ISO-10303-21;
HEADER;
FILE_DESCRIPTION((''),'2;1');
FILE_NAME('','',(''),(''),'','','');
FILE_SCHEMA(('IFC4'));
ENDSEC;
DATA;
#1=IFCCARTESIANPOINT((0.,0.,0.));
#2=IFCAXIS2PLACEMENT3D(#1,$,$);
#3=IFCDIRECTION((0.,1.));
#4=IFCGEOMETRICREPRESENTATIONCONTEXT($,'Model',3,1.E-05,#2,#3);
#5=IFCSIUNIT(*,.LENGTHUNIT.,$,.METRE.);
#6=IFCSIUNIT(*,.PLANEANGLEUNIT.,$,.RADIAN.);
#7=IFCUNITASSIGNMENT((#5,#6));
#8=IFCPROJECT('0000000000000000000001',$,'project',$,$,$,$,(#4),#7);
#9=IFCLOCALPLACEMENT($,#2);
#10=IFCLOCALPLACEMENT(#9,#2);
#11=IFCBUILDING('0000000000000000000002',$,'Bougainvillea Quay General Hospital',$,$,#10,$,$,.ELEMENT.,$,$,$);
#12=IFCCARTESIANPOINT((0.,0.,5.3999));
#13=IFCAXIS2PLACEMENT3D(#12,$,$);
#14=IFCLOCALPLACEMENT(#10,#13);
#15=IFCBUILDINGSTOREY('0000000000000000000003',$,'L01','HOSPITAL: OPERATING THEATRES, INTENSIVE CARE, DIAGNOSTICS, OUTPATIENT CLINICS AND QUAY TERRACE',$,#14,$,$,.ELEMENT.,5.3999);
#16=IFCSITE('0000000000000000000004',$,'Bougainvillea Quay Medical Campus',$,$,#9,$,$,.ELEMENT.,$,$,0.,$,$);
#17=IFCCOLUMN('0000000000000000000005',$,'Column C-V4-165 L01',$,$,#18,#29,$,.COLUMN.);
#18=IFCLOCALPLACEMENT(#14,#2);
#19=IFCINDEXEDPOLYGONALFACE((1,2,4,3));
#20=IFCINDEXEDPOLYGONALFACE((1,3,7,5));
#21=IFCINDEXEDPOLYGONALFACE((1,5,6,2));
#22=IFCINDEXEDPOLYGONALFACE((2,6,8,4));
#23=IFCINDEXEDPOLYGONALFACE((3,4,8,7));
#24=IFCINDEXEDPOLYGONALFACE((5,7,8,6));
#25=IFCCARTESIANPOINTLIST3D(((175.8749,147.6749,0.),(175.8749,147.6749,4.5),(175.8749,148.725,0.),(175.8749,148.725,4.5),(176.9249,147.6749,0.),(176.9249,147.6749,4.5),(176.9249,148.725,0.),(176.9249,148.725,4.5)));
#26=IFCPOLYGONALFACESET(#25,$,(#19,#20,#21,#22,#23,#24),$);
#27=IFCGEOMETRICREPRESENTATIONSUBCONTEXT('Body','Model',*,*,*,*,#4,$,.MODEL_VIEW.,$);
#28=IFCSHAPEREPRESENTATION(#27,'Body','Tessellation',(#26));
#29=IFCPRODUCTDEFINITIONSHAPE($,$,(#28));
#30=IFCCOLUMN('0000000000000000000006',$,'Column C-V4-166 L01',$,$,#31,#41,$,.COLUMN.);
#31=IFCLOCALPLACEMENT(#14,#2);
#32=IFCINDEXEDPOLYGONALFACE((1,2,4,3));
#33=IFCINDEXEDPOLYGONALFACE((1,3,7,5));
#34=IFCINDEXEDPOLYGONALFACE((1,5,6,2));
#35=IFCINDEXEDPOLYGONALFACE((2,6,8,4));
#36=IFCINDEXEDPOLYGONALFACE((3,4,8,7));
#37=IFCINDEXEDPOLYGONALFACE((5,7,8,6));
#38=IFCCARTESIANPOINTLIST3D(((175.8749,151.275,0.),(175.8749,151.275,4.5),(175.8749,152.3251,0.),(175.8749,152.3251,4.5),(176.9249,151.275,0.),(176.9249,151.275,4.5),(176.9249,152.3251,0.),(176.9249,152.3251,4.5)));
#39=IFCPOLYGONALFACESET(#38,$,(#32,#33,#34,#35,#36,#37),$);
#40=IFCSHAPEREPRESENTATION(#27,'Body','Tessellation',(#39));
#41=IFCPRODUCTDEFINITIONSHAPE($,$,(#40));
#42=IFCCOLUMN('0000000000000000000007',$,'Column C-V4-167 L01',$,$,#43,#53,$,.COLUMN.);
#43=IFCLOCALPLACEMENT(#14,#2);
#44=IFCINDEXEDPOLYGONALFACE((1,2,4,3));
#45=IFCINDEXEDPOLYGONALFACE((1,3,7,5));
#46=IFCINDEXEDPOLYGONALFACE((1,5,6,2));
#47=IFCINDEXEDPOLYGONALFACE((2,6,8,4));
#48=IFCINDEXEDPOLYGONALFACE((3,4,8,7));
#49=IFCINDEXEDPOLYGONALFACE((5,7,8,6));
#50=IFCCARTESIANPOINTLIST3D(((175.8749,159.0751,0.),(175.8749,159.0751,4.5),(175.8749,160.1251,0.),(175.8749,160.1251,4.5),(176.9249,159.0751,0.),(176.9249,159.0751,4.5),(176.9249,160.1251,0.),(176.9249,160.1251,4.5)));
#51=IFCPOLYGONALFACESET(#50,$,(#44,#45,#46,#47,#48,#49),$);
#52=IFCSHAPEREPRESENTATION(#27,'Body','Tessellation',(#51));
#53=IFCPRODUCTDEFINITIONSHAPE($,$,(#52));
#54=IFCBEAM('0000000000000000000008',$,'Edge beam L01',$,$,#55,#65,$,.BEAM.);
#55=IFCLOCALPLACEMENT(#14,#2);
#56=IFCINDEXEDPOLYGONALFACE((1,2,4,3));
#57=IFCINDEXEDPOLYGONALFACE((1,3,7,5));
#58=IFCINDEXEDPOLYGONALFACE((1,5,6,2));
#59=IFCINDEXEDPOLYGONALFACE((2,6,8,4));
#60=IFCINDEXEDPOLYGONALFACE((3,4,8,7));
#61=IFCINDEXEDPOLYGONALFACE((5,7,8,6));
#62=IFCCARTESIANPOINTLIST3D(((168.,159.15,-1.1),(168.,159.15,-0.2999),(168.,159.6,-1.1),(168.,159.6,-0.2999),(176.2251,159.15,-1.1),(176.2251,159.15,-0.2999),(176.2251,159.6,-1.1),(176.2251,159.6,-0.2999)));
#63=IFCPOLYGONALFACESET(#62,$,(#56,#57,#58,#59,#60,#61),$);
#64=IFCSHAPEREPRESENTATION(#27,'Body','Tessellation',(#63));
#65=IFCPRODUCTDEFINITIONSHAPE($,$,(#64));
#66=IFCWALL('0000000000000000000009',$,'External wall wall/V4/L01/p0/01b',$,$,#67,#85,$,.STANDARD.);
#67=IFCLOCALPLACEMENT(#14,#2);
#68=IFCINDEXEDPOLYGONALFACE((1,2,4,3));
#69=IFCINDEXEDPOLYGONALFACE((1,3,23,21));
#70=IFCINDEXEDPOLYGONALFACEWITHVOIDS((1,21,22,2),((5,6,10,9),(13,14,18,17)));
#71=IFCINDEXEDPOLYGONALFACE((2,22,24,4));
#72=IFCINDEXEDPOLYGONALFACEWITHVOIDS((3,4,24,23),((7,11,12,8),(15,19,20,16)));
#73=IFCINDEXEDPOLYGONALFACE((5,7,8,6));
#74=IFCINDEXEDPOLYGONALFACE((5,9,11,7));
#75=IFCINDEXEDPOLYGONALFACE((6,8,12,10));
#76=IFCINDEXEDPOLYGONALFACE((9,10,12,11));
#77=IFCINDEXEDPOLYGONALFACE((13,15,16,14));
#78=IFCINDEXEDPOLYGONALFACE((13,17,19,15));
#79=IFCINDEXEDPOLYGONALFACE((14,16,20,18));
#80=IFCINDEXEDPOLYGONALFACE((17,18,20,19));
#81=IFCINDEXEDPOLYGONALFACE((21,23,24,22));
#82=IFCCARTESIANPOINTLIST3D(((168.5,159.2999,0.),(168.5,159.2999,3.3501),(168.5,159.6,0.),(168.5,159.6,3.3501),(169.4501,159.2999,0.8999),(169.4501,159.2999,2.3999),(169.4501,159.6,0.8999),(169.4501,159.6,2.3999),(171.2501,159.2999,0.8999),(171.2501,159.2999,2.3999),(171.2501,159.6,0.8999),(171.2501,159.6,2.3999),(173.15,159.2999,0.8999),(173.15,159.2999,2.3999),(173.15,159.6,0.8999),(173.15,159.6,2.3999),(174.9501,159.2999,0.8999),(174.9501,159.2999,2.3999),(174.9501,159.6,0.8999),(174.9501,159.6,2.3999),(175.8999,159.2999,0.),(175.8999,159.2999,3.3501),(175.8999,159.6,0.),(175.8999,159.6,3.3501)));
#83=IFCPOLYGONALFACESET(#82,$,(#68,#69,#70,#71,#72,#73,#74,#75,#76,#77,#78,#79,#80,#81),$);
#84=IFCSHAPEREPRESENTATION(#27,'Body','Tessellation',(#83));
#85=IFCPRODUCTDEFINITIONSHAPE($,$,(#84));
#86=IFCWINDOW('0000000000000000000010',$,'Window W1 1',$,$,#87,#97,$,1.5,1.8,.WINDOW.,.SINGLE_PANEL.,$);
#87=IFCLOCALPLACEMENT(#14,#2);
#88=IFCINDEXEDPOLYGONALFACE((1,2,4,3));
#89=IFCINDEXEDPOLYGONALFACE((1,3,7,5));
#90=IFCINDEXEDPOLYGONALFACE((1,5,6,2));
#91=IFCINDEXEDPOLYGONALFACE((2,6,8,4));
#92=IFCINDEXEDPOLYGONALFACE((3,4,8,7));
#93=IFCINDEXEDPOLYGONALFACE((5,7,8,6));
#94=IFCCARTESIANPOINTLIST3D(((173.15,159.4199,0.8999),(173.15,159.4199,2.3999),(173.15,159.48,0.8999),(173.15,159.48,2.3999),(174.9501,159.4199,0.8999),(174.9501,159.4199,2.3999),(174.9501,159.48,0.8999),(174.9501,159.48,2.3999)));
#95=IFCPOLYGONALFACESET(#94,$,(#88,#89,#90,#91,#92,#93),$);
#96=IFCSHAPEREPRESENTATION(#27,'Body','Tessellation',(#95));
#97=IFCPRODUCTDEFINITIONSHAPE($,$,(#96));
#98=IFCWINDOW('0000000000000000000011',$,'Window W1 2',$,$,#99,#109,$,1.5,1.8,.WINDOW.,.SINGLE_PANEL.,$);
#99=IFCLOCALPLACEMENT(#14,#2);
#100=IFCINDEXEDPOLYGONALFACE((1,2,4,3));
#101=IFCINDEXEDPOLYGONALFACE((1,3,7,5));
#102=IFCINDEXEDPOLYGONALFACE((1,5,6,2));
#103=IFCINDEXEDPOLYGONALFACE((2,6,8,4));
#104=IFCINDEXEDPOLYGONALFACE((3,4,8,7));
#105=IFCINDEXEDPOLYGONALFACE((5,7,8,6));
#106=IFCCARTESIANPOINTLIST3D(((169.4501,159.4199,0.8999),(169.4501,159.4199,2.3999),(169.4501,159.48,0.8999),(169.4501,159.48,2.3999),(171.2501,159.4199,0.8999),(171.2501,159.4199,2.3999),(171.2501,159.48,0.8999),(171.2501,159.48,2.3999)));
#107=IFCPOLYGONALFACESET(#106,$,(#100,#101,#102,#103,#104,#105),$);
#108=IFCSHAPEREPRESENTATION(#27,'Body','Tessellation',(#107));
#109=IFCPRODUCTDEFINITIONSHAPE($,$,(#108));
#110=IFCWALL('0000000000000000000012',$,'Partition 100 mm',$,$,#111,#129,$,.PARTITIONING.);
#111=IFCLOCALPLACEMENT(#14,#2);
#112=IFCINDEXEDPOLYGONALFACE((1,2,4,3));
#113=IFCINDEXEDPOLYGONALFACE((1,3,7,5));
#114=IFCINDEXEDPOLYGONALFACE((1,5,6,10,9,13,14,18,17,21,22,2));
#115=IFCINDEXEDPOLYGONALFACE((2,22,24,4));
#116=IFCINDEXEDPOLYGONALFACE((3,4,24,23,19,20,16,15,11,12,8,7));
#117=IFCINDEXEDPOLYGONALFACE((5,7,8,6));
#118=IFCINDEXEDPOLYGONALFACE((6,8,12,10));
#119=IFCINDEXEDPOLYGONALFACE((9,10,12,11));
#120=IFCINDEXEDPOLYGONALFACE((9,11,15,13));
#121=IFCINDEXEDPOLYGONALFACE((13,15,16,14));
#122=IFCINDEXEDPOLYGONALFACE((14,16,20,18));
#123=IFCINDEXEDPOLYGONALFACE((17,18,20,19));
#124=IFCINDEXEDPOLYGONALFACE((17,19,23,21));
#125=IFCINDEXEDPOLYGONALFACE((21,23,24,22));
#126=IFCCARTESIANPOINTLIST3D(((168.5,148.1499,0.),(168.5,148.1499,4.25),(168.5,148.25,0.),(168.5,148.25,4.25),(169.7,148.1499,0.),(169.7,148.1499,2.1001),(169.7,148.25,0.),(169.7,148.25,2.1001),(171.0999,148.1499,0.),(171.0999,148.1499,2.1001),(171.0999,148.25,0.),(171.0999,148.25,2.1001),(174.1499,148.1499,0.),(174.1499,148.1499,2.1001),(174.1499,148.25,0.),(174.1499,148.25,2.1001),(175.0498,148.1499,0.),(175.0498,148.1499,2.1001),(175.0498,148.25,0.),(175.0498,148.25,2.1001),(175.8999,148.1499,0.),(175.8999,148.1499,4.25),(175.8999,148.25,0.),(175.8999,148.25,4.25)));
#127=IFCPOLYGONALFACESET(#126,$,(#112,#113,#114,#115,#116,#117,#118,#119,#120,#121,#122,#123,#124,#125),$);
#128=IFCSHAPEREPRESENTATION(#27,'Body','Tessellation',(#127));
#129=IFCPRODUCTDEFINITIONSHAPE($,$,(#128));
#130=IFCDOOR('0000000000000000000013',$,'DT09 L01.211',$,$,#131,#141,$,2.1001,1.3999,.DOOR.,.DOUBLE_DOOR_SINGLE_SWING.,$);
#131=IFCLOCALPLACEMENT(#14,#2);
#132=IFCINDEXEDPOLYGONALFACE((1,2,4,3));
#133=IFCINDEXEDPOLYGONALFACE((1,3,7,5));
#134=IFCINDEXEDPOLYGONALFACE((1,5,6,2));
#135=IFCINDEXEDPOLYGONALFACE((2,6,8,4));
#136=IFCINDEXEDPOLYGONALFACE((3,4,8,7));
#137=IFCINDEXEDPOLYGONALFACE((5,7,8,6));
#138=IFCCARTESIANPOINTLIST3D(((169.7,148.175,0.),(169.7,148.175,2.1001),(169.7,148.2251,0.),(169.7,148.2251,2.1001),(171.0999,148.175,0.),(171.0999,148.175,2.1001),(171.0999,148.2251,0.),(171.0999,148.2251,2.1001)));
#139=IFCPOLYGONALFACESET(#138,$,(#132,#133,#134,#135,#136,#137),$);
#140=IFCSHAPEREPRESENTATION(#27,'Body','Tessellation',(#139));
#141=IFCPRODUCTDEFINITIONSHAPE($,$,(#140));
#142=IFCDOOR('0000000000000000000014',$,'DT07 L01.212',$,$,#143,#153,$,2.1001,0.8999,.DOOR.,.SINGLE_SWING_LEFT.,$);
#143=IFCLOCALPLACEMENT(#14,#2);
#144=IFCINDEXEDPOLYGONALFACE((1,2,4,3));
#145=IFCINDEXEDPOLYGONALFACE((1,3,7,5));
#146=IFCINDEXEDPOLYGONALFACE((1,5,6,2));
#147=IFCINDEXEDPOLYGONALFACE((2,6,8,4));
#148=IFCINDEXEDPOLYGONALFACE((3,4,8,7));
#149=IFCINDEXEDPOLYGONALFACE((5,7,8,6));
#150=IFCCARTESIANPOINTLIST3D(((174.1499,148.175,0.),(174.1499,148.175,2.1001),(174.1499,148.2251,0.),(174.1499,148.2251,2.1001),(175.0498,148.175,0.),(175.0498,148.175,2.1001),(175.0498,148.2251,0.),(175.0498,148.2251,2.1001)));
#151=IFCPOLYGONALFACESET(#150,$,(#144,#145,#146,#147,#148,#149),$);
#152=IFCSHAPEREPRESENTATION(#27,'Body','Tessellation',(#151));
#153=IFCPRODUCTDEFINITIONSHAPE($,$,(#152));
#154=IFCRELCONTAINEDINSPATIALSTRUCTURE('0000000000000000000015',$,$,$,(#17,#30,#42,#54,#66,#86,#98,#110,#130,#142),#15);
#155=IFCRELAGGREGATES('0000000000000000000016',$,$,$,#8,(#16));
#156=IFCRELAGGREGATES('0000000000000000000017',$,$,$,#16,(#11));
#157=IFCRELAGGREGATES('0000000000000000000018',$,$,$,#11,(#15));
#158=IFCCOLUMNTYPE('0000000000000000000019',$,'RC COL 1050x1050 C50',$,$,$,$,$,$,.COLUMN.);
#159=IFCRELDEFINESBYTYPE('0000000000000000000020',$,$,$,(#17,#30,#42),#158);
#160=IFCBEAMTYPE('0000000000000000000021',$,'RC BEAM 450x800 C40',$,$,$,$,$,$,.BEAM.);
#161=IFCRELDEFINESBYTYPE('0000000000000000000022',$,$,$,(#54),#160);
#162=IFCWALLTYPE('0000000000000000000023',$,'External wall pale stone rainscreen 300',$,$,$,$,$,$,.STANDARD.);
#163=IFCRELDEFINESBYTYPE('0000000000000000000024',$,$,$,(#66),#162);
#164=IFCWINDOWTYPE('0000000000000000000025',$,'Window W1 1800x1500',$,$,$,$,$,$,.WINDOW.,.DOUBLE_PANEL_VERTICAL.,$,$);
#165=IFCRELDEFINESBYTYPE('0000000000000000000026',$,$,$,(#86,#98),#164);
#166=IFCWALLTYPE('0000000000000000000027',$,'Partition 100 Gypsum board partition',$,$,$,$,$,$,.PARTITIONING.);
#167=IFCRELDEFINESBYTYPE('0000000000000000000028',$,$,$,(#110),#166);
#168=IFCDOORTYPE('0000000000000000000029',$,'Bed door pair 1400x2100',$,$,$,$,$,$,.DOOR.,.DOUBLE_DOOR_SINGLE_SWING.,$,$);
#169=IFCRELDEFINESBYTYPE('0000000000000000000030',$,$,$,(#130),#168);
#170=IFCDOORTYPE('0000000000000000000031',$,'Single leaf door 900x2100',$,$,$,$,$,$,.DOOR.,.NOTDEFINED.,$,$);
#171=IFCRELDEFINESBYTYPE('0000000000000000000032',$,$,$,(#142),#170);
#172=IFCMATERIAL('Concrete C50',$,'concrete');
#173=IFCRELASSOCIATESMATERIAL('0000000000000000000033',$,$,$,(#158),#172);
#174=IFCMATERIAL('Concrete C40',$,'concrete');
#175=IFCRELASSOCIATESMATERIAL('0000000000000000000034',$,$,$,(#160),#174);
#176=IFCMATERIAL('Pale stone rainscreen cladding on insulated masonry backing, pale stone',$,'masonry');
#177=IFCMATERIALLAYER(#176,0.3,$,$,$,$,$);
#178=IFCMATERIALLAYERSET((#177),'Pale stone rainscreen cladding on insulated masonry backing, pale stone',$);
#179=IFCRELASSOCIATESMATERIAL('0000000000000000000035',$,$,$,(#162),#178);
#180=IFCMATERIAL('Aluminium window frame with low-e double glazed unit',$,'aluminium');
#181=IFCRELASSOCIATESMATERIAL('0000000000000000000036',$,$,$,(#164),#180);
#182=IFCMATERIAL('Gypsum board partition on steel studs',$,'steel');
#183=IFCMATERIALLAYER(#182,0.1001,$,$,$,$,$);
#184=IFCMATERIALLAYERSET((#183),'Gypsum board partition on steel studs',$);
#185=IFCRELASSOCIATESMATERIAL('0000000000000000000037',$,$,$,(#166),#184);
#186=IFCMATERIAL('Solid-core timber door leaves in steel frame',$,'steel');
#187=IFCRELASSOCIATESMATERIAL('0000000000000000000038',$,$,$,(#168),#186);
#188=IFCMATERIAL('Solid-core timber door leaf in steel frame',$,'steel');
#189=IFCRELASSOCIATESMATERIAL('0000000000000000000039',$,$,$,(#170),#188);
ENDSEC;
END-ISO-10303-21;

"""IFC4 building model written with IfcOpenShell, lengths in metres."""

from ifc_helpers import new_model, si_unit, direction, frame, frame_2d, origin, origin_2d, place, context, subcontext, project, spatial, rectangle, extrude, material, layer, layer_set, material_profile, profile_set, type_object, element, fill, save


model = new_model("IFC4")

# Units and contexts
model_context = context("Model", 3, precision=1e-05, world=origin(), true_north=direction((0.0, 1.0)))
body_context = subcontext(model_context, "Body", "Model", "MODEL_VIEW")
ifc_project = project(units=[si_unit("LENGTHUNIT", "METRE"), si_unit("PLANEANGLEUNIT", "RADIAN")], contexts=[model_context])

# Site, building, storey
site_placement = place(None, origin())
site = spatial("IfcSite", under=ifc_project, at=site_placement, Name="Bougainvillea Quay Medical Campus", CompositionType="ELEMENT", RefElevation=0.0)
building_placement = place(site_placement, origin())
building = spatial("IfcBuilding", under=site, at=building_placement, Name="Bougainvillea Quay General Hospital", CompositionType="ELEMENT")
storey_placement = place(building_placement, frame((0.0, 0.0, 5.3999)))
storey = spatial("IfcBuildingStorey", under=building, at=storey_placement, Name="L01", Description="HOSPITAL: OPERATING THEATRES, INTENSIVE CARE, DIAGNOSTICS, OUTPATIENT CLINICS AND QUAY TERRACE", CompositionType="ELEMENT", Elevation=5.3999)

# Columns
ifc_material_1 = material(Name="Concrete C50", Category="concrete")
ifc_material_profile_1 = material_profile(ifc_material_1, rectangle(XDim=1.05, YDim=1.05, at=origin_2d()))
ifc_profile_set_1 = profile_set([ifc_material_profile_1], Name="Concrete C50")
column_type = type_object("IfcColumnType", Name="RC COL 1050x1050 C50", PredefinedType="COLUMN", material=ifc_profile_set_1)
for number, where, z_axis, x_axis, name in (
    (1, (176.3999, 148.2, 0.0), (0.0, 0.0, 1.0), (1.0, 0.0, 0.0), "Column C-V4-165 L01"),
    (2, (176.3999, 151.8, 0.0), (0.0, 0.0, 1.0), (1.0, 0.0, 0.0), "Column C-V4-166 L01"),
    (3, (176.3999, 159.6001, 0.0), (0.0, 0.0, 1.0), (1.0, 0.0, 0.0), "Column C-V4-167 L01"),
):
    element("IfcColumn", number, at=place(storey_placement, frame(where, z_axis=z_axis, x_axis=x_axis)), inside=storey, type_object=column_type, Name=name, PredefinedType="COLUMN", context=body_context, shape_type="SweptSolid", body=[
        extrude(rectangle(XDim=1.05, YDim=1.05, at=origin_2d()), origin(), (0.0, 0.0, 1.0), 4.5),
    ])

# Beam
ifc_material_2 = material(Name="Concrete C40", Category="concrete")
ifc_material_profile_2 = material_profile(ifc_material_2, rectangle(XDim=0.45, YDim=0.8, at=origin_2d()))
ifc_profile_set_2 = profile_set([ifc_material_profile_2], Name="Concrete C40")
beam_type = type_object("IfcBeamType", Name="RC BEAM 450x800 C40", PredefinedType="BEAM", material=ifc_profile_set_2)
beam_placement = place(storey_placement, frame((176.2251, 159.375, -0.7), z_axis=(-1.0, 0.0, 0.0), x_axis=(0.0, -1.0, 0.0)))
element("IfcBeam", 4, at=beam_placement, inside=storey, type_object=beam_type, Name="Edge beam L01", PredefinedType="BEAM", context=body_context, shape_type="SweptSolid", body=[
    extrude(rectangle(XDim=0.45, YDim=0.8, at=origin_2d()), origin(), (0.0, 0.0, 1.0), 8.2251),
])

# Wall, openings, windows
ifc_material_3 = material(Name="Pale stone rainscreen cladding on insulated masonry backing, pale stone", Category="masonry")
ifc_layer_1 = layer(ifc_material_3, 0.3)
ifc_layer_set_1 = layer_set([ifc_layer_1], Name="Pale stone rainscreen cladding on insulated masonry backing, pale stone")
wall_type_1 = type_object("IfcWallType", Name="External wall pale stone rainscreen 300", PredefinedType="STANDARD", material=ifc_layer_set_1)
wall_1_placement = place(storey_placement, frame((175.8999, 159.45, 0.0), z_axis=(0.0, 0.0, 1.0), x_axis=(-1.0, 0.0, 0.0)))
wall_1 = element("IfcWall", 5, at=wall_1_placement, inside=storey, type_object=wall_type_1, Name="External wall wall/V4/L01/p0/01b", PredefinedType="STANDARD", context=body_context, shape_type="SweptSolid", body=[
    extrude(rectangle(XDim=7.3999, YDim=0.3, at=frame_2d((3.7, 0.0))), origin(), (0.0, 0.0, 1.0), 3.3501),
])
opening_1_placement = place(wall_1_placement, frame((0.95, 0.0, 0.8999)))
opening_1 = element("IfcOpeningElement", 6, at=opening_1_placement, cuts=wall_1, PredefinedType="OPENING", context=body_context, shape_type="SweptSolid", body=[
    extrude(rectangle(XDim=1.8, YDim=1.5, at=frame_2d((0.8999, 0.75))), frame((0.0, 0.1599, 0.0), z_axis=(0.0, -1.0, 0.0), x_axis=(1.0, 0.0, 0.0)), (0.0, 0.0, 1.0), 0.3201),
])
opening_2_placement = place(wall_1_placement, frame((4.6499, 0.0, 0.8999)))
opening_2 = element("IfcOpeningElement", 7, at=opening_2_placement, cuts=wall_1, PredefinedType="OPENING", context=body_context, shape_type="SweptSolid", body=[
    extrude(rectangle(XDim=1.8, YDim=1.5, at=frame_2d((0.8999, 0.75))), frame((0.0, 0.1599, 0.0), z_axis=(0.0, -1.0, 0.0), x_axis=(1.0, 0.0, 0.0)), (0.0, 0.0, 1.0), 0.3201),
])
ifc_material_4 = material(Name="Aluminium window frame with low-e double glazed unit", Category="aluminium")
window_type = type_object("IfcWindowType", Name="Window W1 1800x1500", PartitioningType="DOUBLE_PANEL_VERTICAL", PredefinedType="WINDOW", material=ifc_material_4)
window_1_placement = place(opening_1_placement, origin())
window_1 = element("IfcWindow", 8, at=window_1_placement, inside=storey, type_object=window_type, Name="Window W1 1", OverallHeight=1.5, OverallWidth=1.8, PartitioningType="SINGLE_PANEL", PredefinedType="WINDOW", context=body_context, shape_type="SweptSolid", body=[
    extrude(rectangle(XDim=1.8, YDim=1.5, at=frame_2d((0.8999, 0.75))), frame((0.0, 0.03, 0.0), z_axis=(0.0, -1.0, 0.0), x_axis=(1.0, 0.0, 0.0)), (0.0, 0.0, 1.0), 0.0601),
])
fill(opening_1, window_1)
window_2_placement = place(opening_2_placement, origin())
window_2 = element("IfcWindow", 9, at=window_2_placement, inside=storey, type_object=window_type, Name="Window W1 2", OverallHeight=1.5, OverallWidth=1.8, PartitioningType="SINGLE_PANEL", PredefinedType="WINDOW", context=body_context, shape_type="SweptSolid", body=[
    extrude(rectangle(XDim=1.8, YDim=1.5, at=frame_2d((0.8999, 0.75))), frame((0.0, 0.03, 0.0), z_axis=(0.0, -1.0, 0.0), x_axis=(1.0, 0.0, 0.0)), (0.0, 0.0, 1.0), 0.0601),
])
fill(opening_2, window_2)

# Wall, openings, doors
ifc_material_5 = material(Name="Gypsum board partition on steel studs", Category="steel")
ifc_layer_2 = layer(ifc_material_5, 0.1001)
ifc_layer_set_2 = layer_set([ifc_layer_2], Name="Gypsum board partition on steel studs")
wall_type_2 = type_object("IfcWallType", Name="Partition 100 Gypsum board partition", PredefinedType="PARTITIONING", material=ifc_layer_set_2)
wall_2_placement = place(storey_placement, frame((175.8999, 148.2, 0.0), z_axis=(0.0, 0.0, 1.0), x_axis=(-1.0, 0.0, 0.0)))
wall_2 = element("IfcWall", 10, at=wall_2_placement, inside=storey, type_object=wall_type_2, Name="Partition 100 mm", PredefinedType="PARTITIONING", context=body_context, shape_type="SweptSolid", body=[
    extrude(rectangle(XDim=7.3999, YDim=0.1001, at=frame_2d((3.7, 0.0))), origin(), (0.0, 0.0, 1.0), 4.25),
])
opening_3_placement = place(wall_2_placement, frame((4.8, 0.0, 0.0)))
opening_3 = element("IfcOpeningElement", 11, at=opening_3_placement, cuts=wall_2, PredefinedType="OPENING", context=body_context, shape_type="SweptSolid", body=[
    extrude(rectangle(XDim=1.3999, YDim=2.1001, at=frame_2d((0.7, 1.05))), frame((0.0, 0.0601, 0.0), z_axis=(0.0, -1.0, 0.0), x_axis=(1.0, 0.0, 0.0)), (0.0, 0.0, 1.0), 0.1201),
])
opening_4_placement = place(wall_2_placement, frame((0.8501, 0.0, 0.0)))
opening_4 = element("IfcOpeningElement", 12, at=opening_4_placement, cuts=wall_2, PredefinedType="OPENING", context=body_context, shape_type="SweptSolid", body=[
    extrude(rectangle(XDim=0.8999, YDim=2.1001, at=frame_2d((0.45, 1.05))), frame((0.0, 0.0601, 0.0), z_axis=(0.0, -1.0, 0.0), x_axis=(1.0, 0.0, 0.0)), (0.0, 0.0, 1.0), 0.1201),
])
ifc_material_6 = material(Name="Solid-core timber door leaves in steel frame", Category="steel")
door_type_1 = type_object("IfcDoorType", Name="Bed door pair 1400x2100", OperationType="DOUBLE_DOOR_SINGLE_SWING", PredefinedType="DOOR", material=ifc_material_6)
door_1_placement = place(opening_3_placement, origin())
door_1 = element("IfcDoor", 13, at=door_1_placement, inside=storey, type_object=door_type_1, Name="DT09 L01.211", OperationType="DOUBLE_DOOR_SINGLE_SWING", OverallHeight=2.1001, OverallWidth=1.3999, PredefinedType="DOOR", context=body_context, shape_type="SweptSolid", body=[
    extrude(rectangle(XDim=1.3999, YDim=2.1001, at=frame_2d((0.7, 1.05))), frame((0.0, 0.0249, 0.0), z_axis=(0.0, -1.0, 0.0), x_axis=(1.0, 0.0, 0.0)), (0.0, 0.0, 1.0), 0.05),
])
fill(opening_3, door_1)
ifc_material_7 = material(Name="Solid-core timber door leaf in steel frame", Category="steel")
door_type_2 = type_object("IfcDoorType", Name="Single leaf door 900x2100", OperationType="NOTDEFINED", PredefinedType="DOOR", material=ifc_material_7)
door_2_placement = place(opening_4_placement, origin())
door_2 = element("IfcDoor", 14, at=door_2_placement, inside=storey, type_object=door_type_2, Name="DT07 L01.212", OperationType="SINGLE_SWING_LEFT", OverallHeight=2.1001, OverallWidth=0.8999, PredefinedType="DOOR", context=body_context, shape_type="SweptSolid", body=[
    extrude(rectangle(XDim=0.8999, YDim=2.1001, at=frame_2d((0.45, 1.05))), frame((0.0, 0.0249, 0.0), z_axis=(0.0, -1.0, 0.0), x_axis=(1.0, 0.0, 0.0)), (0.0, 0.0, 1.0), 0.05),
])
fill(opening_4, door_2)

save(model, "model.ifc")
